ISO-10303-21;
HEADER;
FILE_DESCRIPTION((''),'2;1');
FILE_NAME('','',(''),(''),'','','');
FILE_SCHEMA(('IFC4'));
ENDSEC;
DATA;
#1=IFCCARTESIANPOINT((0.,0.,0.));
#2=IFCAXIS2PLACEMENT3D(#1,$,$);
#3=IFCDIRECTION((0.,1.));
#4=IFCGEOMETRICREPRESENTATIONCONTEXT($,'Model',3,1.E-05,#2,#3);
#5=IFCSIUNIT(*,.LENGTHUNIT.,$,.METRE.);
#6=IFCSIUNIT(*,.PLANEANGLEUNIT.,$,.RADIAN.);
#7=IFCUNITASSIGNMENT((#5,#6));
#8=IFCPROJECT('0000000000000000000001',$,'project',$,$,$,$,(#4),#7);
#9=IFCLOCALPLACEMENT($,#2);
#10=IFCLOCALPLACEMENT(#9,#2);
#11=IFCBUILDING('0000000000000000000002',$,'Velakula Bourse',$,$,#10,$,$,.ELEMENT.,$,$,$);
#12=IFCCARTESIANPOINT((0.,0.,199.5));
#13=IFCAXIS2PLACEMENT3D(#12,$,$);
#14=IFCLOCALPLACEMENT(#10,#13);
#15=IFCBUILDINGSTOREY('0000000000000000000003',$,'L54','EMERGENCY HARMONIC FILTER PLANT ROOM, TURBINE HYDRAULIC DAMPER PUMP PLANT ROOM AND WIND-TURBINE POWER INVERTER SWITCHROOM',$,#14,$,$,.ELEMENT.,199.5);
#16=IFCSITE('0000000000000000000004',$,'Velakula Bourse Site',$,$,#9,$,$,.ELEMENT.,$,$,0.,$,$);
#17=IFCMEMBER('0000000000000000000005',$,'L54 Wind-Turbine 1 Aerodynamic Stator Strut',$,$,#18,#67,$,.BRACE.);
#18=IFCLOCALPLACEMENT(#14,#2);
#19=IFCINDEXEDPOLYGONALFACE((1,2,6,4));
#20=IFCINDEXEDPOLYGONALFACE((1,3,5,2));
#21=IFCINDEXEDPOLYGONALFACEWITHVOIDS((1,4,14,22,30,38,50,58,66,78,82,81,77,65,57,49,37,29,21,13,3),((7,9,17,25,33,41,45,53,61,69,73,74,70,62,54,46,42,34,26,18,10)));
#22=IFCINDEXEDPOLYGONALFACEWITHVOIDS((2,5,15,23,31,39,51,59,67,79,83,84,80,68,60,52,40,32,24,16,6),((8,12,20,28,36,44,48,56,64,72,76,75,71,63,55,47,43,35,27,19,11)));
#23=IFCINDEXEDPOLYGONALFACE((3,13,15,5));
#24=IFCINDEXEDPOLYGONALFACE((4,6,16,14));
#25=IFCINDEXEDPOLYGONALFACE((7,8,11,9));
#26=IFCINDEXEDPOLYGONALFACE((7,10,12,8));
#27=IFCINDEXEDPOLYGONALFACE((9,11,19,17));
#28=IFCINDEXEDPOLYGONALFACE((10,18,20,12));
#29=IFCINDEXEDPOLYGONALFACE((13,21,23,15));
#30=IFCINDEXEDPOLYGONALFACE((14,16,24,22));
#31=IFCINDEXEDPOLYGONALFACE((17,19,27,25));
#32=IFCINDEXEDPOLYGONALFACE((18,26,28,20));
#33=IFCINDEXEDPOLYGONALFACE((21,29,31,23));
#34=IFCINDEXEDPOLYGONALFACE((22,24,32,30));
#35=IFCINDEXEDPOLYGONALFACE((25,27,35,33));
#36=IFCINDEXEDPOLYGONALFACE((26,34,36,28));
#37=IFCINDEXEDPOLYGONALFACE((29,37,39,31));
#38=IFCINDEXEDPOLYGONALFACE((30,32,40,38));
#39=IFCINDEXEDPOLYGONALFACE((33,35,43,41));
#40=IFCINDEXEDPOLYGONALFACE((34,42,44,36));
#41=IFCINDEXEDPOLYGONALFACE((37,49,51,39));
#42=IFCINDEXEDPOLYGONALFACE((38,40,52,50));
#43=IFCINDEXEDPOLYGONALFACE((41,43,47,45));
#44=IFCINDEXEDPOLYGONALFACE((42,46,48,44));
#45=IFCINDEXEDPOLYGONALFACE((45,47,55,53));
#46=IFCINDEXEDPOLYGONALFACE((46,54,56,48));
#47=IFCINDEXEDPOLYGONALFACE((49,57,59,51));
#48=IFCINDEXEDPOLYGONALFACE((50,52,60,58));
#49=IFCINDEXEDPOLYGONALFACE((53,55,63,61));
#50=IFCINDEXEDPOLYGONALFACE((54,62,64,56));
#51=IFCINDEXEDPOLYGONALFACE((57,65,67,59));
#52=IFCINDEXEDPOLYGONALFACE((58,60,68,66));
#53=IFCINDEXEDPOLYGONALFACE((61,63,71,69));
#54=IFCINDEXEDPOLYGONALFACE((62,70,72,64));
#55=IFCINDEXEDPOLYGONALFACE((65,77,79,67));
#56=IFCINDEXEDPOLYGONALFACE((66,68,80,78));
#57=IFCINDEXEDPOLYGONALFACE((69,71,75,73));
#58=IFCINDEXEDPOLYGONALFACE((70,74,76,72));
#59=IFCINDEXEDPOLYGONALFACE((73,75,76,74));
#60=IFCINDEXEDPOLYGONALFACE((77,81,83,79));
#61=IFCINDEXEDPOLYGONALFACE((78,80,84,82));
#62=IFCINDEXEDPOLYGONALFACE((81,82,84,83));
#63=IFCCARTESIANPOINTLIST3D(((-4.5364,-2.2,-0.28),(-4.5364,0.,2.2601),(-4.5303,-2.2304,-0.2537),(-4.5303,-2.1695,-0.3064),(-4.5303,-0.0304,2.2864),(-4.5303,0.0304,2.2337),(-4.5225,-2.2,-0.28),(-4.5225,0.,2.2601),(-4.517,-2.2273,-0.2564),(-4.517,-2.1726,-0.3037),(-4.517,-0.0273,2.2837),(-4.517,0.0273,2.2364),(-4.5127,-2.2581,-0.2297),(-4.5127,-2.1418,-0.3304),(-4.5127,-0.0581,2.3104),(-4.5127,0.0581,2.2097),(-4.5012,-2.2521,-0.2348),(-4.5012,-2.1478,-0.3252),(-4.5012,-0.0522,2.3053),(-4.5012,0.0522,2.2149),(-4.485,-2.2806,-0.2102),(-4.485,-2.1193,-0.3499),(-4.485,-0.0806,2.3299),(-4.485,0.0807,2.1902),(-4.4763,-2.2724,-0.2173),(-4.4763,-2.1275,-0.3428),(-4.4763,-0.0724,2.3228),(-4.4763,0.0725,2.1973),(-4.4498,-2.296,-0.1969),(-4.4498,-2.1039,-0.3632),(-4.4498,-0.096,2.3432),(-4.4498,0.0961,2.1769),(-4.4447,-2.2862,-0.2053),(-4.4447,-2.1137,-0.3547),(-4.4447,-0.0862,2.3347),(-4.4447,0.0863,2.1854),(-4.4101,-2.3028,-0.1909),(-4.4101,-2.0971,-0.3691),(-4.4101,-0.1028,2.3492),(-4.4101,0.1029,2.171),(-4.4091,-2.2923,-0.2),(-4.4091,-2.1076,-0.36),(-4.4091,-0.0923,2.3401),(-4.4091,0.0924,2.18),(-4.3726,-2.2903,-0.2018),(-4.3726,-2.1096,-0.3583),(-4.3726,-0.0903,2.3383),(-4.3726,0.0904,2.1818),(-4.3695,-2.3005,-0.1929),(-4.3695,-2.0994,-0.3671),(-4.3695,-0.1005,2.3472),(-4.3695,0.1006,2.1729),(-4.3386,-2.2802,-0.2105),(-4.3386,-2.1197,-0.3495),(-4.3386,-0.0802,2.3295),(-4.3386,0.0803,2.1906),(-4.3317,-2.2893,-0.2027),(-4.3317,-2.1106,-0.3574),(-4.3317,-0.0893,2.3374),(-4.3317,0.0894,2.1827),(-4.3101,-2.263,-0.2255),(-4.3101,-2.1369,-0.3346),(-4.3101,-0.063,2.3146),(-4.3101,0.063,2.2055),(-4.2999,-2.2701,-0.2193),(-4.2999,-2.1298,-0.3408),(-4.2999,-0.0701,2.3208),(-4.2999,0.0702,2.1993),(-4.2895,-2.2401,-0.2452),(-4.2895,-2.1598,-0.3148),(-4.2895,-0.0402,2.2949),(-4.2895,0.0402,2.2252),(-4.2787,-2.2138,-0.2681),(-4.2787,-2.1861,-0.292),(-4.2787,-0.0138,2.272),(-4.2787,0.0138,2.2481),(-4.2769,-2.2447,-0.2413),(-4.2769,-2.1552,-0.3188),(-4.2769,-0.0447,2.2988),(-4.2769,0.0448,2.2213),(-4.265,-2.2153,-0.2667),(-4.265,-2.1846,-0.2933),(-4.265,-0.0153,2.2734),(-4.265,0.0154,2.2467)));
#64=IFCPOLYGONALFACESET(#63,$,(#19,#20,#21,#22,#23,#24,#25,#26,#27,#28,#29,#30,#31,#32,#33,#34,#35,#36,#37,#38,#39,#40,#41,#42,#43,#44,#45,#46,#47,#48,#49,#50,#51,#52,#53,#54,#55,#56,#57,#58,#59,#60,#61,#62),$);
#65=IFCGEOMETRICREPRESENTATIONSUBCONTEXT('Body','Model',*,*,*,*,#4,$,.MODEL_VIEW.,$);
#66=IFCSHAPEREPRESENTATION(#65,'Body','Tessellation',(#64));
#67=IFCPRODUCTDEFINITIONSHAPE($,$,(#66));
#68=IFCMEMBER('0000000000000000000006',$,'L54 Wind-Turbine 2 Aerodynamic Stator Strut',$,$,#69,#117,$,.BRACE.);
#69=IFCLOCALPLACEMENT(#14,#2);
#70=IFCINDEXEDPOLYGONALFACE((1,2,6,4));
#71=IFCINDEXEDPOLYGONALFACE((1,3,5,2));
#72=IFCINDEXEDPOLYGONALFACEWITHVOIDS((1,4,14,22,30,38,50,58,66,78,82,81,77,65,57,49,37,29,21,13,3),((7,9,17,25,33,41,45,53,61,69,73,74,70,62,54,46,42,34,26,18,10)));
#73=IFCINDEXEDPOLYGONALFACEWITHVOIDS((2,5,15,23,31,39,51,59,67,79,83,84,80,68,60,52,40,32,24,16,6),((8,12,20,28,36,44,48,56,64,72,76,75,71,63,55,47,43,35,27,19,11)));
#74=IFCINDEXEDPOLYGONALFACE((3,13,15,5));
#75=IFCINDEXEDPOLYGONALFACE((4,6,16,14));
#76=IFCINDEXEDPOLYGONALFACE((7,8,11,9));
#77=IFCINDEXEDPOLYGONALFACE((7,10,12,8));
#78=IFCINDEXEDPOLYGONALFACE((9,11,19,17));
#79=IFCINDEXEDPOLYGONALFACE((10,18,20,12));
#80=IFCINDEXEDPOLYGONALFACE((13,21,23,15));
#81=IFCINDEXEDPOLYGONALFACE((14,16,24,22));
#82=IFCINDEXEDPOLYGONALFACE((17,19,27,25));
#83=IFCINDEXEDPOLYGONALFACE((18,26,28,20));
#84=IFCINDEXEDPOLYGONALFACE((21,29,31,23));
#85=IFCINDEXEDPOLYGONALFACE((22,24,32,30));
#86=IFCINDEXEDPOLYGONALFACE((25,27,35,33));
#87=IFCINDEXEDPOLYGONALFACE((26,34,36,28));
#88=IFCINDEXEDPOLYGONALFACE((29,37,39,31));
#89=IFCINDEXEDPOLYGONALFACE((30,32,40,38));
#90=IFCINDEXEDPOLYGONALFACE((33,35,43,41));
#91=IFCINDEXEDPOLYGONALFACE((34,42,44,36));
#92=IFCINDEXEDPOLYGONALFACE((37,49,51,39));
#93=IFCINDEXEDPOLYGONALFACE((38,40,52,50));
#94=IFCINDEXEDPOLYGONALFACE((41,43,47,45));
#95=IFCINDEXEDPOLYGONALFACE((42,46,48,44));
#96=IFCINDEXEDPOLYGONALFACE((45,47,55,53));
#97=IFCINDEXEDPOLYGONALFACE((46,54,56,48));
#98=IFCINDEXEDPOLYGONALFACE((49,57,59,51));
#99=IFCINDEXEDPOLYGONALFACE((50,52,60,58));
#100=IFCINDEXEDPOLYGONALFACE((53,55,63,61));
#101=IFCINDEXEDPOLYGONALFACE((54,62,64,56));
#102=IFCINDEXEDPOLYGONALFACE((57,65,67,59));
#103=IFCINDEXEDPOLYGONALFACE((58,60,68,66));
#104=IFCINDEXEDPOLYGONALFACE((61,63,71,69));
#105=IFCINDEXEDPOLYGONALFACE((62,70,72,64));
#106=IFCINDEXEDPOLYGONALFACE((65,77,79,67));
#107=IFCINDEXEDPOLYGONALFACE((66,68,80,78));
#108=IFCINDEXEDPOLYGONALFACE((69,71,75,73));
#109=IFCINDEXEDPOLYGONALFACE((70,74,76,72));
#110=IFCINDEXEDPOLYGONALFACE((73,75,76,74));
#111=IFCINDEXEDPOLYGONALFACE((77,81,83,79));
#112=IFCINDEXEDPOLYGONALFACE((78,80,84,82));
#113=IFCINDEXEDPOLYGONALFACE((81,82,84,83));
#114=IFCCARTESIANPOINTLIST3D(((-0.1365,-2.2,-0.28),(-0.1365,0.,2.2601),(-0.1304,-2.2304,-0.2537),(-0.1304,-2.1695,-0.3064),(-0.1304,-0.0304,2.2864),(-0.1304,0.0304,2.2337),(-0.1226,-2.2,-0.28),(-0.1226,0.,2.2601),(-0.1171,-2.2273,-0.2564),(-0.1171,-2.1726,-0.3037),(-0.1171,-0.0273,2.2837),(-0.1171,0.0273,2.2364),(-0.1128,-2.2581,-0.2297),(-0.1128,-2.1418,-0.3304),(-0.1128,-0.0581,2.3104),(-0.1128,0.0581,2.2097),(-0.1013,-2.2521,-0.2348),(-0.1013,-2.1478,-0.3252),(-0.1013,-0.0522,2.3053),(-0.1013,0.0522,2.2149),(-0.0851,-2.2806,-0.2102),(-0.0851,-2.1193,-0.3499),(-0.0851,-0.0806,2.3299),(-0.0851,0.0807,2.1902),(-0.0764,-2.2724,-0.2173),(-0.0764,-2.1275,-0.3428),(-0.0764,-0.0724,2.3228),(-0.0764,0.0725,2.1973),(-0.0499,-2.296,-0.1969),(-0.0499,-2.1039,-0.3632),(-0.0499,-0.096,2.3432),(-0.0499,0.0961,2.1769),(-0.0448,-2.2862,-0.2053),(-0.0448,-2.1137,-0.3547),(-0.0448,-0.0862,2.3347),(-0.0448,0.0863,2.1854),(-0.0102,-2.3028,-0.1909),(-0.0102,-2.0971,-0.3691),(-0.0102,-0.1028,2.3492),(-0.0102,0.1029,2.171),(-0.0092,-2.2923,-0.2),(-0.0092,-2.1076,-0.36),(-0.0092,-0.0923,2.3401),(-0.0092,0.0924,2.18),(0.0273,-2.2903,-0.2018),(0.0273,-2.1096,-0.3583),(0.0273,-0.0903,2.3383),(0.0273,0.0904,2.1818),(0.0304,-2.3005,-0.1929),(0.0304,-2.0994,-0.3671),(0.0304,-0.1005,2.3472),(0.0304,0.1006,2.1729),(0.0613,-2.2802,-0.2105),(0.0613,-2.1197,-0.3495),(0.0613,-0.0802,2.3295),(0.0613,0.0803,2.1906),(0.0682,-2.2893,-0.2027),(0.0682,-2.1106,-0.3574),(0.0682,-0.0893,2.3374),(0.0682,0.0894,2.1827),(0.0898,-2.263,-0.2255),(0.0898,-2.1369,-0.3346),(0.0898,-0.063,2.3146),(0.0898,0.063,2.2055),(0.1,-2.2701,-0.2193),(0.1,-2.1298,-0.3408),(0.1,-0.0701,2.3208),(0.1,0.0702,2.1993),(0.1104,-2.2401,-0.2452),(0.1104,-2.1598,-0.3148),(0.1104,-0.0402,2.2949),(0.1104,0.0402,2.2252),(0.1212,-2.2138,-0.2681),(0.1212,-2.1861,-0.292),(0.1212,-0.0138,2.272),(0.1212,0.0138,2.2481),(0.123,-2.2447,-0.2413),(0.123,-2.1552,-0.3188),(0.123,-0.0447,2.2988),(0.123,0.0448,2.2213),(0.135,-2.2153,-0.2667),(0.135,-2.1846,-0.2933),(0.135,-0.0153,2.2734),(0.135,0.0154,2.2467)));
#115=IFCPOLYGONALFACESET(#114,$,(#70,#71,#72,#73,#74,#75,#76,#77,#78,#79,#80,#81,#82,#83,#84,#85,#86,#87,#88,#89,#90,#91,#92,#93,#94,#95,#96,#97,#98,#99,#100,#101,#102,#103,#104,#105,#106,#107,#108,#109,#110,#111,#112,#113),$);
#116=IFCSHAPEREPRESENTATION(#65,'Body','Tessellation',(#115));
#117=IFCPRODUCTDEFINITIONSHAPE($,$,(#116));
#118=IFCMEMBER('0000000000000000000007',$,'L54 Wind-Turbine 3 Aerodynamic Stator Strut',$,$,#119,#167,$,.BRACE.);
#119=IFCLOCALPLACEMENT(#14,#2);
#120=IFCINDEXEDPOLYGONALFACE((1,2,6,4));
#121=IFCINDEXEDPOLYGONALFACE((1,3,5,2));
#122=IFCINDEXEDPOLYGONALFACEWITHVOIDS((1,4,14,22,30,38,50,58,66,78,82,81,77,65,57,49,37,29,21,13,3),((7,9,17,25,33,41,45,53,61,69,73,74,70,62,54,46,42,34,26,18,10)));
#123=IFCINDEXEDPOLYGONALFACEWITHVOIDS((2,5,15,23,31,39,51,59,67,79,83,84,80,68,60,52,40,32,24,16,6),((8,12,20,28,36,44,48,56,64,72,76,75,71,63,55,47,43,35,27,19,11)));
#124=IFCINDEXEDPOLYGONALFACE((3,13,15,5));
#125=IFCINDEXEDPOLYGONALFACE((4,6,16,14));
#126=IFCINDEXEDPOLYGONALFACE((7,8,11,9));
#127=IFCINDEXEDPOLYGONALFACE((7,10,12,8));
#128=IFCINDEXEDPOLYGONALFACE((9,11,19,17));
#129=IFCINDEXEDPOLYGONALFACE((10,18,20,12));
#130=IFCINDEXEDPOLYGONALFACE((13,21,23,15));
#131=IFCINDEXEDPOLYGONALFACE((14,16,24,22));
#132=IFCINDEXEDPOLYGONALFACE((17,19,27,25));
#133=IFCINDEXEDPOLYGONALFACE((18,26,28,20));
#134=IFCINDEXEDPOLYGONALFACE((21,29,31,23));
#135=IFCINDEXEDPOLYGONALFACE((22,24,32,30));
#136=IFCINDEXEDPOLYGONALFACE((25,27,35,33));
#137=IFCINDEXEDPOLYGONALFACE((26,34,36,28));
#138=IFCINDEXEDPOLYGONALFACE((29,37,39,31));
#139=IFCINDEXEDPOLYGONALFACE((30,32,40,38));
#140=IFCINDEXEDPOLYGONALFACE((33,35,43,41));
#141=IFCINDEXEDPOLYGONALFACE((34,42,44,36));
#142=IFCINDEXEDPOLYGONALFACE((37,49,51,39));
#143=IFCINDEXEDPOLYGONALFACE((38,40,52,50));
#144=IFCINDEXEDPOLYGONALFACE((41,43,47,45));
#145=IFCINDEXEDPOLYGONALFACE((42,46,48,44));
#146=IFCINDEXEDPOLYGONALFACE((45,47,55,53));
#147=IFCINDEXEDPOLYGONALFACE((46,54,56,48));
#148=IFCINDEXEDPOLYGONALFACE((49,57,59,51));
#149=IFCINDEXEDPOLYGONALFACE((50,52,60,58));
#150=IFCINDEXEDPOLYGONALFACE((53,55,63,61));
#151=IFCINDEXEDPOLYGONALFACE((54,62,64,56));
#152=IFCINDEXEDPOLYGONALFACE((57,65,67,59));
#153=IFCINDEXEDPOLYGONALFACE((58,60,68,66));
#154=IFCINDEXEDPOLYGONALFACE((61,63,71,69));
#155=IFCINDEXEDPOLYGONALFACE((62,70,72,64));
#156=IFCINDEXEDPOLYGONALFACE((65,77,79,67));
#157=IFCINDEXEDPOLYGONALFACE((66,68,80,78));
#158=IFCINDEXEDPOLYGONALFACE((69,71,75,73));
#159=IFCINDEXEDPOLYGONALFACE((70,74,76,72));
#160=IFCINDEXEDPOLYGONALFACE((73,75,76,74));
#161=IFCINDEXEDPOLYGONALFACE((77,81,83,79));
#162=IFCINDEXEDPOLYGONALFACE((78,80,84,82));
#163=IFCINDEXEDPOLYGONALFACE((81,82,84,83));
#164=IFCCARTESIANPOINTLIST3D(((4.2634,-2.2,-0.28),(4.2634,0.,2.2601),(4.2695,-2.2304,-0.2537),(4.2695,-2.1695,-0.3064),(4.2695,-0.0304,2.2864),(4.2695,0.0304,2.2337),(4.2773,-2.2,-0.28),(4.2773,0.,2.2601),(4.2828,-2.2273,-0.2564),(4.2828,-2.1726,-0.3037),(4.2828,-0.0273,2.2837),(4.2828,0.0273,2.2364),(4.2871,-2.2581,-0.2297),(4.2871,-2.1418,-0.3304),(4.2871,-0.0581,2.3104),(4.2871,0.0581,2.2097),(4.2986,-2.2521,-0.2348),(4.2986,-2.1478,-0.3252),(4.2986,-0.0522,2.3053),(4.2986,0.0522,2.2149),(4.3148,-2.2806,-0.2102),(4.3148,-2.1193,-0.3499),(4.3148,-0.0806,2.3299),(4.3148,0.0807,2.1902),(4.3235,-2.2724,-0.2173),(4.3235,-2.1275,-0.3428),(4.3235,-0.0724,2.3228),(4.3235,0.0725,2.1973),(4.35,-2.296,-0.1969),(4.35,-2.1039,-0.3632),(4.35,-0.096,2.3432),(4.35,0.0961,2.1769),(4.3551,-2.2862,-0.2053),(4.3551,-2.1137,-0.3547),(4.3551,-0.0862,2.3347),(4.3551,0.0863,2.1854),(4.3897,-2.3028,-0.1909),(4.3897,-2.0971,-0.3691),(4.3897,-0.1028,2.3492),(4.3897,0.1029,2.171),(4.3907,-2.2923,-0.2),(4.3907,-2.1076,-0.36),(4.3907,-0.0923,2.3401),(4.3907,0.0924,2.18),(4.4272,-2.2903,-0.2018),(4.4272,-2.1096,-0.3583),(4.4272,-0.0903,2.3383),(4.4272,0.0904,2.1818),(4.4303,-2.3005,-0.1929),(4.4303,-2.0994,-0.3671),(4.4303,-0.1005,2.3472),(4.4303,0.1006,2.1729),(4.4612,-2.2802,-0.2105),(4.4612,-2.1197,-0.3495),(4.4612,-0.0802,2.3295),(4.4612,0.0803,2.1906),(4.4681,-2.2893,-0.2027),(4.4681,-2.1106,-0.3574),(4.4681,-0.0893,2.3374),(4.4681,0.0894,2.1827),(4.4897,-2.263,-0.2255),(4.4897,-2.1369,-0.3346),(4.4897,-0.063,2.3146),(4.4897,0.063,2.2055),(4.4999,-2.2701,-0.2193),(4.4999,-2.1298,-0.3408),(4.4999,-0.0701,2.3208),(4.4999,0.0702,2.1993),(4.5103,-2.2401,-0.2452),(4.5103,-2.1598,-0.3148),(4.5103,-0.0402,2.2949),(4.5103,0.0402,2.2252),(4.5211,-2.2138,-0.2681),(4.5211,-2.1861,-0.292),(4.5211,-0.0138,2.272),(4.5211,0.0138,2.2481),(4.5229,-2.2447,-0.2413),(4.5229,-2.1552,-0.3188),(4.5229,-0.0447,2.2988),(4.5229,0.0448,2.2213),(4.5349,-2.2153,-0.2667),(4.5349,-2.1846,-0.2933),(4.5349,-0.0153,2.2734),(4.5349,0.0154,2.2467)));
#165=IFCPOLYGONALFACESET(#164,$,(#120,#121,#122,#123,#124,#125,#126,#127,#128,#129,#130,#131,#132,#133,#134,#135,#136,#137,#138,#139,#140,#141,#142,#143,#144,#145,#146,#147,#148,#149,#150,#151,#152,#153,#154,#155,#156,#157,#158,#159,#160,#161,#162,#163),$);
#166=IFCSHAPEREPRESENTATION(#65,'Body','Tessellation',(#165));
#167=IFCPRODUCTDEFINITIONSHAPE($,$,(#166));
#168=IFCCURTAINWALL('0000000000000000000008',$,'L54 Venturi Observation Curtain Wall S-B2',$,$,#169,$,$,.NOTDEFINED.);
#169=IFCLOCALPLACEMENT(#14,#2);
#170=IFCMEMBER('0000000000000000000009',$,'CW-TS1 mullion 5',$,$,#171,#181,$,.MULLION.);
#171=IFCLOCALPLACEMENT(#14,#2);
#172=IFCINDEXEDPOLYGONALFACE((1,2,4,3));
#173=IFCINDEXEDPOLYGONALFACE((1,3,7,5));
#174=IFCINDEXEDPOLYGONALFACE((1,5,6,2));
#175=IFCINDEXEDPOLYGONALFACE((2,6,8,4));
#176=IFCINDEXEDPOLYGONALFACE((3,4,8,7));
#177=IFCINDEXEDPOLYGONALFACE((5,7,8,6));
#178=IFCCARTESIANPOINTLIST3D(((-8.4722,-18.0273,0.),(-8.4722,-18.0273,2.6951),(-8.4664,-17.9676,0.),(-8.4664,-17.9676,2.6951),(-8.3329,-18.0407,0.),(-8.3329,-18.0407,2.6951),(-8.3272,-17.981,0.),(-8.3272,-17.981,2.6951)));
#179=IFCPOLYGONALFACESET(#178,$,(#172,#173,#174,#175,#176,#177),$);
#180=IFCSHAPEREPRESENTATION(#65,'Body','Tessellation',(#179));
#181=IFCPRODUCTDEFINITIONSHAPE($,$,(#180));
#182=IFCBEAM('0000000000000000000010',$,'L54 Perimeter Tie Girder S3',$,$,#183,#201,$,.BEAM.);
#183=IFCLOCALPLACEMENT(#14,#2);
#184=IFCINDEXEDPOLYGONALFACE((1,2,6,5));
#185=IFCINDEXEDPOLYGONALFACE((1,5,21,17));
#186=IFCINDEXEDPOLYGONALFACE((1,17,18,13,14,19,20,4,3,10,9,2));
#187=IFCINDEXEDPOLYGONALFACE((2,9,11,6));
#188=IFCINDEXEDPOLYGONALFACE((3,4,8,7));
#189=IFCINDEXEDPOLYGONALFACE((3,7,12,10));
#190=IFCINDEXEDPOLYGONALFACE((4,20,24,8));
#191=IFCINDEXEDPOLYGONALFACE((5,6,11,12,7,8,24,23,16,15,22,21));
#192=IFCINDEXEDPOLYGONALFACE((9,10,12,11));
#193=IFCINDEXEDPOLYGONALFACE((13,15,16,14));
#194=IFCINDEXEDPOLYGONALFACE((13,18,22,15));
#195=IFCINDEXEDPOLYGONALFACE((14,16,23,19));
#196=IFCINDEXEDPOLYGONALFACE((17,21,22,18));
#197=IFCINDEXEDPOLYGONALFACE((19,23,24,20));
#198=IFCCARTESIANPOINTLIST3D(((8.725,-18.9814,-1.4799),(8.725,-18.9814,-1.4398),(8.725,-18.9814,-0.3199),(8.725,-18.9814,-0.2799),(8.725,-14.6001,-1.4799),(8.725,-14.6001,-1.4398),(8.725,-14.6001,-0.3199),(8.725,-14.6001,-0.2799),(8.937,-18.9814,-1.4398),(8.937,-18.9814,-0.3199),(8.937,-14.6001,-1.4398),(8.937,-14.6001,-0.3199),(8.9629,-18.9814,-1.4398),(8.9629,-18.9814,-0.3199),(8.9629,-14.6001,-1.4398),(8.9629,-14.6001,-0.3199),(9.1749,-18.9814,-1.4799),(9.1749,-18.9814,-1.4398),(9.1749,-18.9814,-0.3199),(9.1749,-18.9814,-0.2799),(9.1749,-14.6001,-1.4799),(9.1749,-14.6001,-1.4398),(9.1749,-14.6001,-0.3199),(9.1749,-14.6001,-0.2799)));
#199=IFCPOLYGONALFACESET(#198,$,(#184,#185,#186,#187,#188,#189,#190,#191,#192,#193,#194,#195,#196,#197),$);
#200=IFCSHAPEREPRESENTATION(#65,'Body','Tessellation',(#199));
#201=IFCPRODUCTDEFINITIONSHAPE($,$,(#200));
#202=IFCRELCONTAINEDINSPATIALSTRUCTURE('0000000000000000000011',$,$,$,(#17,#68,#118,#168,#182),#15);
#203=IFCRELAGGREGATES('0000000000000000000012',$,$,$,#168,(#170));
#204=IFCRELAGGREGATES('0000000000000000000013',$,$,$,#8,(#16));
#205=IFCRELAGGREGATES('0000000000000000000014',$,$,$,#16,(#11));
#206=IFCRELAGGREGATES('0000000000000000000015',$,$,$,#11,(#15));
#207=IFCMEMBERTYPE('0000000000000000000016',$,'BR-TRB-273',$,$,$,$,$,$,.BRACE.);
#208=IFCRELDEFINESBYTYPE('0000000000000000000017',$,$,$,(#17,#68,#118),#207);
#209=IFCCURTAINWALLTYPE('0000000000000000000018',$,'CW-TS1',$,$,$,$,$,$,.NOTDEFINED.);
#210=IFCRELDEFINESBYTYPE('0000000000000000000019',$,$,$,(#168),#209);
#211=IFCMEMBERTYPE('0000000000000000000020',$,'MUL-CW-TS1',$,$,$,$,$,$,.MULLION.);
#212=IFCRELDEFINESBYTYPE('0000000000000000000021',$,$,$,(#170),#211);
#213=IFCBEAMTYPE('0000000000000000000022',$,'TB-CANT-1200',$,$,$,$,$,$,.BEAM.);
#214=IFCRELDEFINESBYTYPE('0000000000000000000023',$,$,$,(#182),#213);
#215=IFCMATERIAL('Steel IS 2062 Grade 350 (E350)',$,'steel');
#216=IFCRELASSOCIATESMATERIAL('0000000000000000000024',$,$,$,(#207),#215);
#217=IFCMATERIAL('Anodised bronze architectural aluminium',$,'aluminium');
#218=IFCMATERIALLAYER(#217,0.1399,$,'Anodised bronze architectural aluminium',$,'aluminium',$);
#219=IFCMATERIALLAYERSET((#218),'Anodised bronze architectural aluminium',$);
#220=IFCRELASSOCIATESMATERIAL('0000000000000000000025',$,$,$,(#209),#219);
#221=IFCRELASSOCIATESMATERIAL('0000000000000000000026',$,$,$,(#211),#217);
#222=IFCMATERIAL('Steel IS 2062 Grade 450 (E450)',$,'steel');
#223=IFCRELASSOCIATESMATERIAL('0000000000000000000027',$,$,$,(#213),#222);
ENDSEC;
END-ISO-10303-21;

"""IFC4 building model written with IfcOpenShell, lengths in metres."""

from ifc_helpers import new_model, si_unit, direction, frame, origin, origin_2d, place, context, subcontext, project, spatial, rectangle, hollow_circle, i_section, extrude, material, layer, layer_set, material_profile, profile_set, type_object, element, aggregate, save


model = new_model("IFC4")

# Units and contexts
model_context = context("Model", 3, precision=1e-05, world=origin(), true_north=direction((0.0, 1.0)))
body_context = subcontext(model_context, "Body", "Model", "MODEL_VIEW")
ifc_project = project(units=[si_unit("LENGTHUNIT", "METRE"), si_unit("PLANEANGLEUNIT", "RADIAN")], contexts=[model_context])

# Site, building, storey
site_placement = place(None, origin())
site = spatial("IfcSite", under=ifc_project, at=site_placement, Name="Velakula Bourse Site", CompositionType="ELEMENT", RefElevation=0.0)
building_placement = place(site_placement, origin())
building = spatial("IfcBuilding", under=site, at=building_placement, Name="Velakula Bourse", CompositionType="ELEMENT")
storey_placement = place(building_placement, frame((0.0, 0.0, 199.5)))
storey = spatial("IfcBuildingStorey", under=building, at=storey_placement, Name="L54", Description="EMERGENCY HARMONIC FILTER PLANT ROOM, TURBINE HYDRAULIC DAMPER PUMP PLANT ROOM AND WIND-TURBINE POWER INVERTER SWITCHROOM", CompositionType="ELEMENT", Elevation=199.5)

# Shared definitions
ifc_material_1 = material(Name="Steel IS 2062 Grade 350 (E350)", Category="steel")

# Members
ifc_material_profile_1 = material_profile(ifc_material_1, hollow_circle(Radius=0.1365, WallThickness=0.0139, at=origin_2d()), Name="Steel IS 2062 Grade 350 (E350)")
ifc_profile_set_1 = profile_set([ifc_material_profile_1], Name="Steel IS 2062 Grade 350 (E350)")
member_type_1 = type_object("IfcMemberType", Name="BR-TRB-273", PredefinedType="BRACE", material=ifc_profile_set_1)
for number, where, z_axis, x_axis, name in (
    (1, (-4.3999, -2.2, -0.28), (0.0, 0.65469, 0.755898), (-1.0, 0.0, 0.0), "L54 Wind-Turbine 1 Aerodynamic Stator Strut"),
    (2, (0.0, -2.2, -0.28), (0.0, 0.65469, 0.755898), (-1.0, 0.0, 0.0), "L54 Wind-Turbine 2 Aerodynamic Stator Strut"),
    (3, (4.3999, -2.2, -0.28), (0.0, 0.65469, 0.755898), (-1.0, 0.0, 0.0), "L54 Wind-Turbine 3 Aerodynamic Stator Strut"),
):
    element("IfcMember", number, at=place(storey_placement, frame(where, z_axis=z_axis, x_axis=x_axis)), inside=storey, type_object=member_type_1, Name=name, PredefinedType="BRACE", context=body_context, shape_type="SweptSolid", body=[
        extrude(hollow_circle(Radius=0.1365, WallThickness=0.0139, at=origin_2d()), origin(), (0.0, 0.0, 1.0), 3.3604),
    ])

# Curtain wall, member
ifc_material_2 = material(Name="Anodised bronze architectural aluminium", Category="aluminium")
ifc_layer_1 = layer(ifc_material_2, 0.1399, Name="Anodised bronze architectural aluminium", Category="aluminium")
ifc_layer_set_1 = layer_set([ifc_layer_1], Name="Anodised bronze architectural aluminium")
curtain_wall_type = type_object("IfcCurtainWallType", Name="CW-TS1", PredefinedType="NOTDEFINED", material=ifc_layer_set_1)
curtain_wall_placement = place(storey_placement, origin())
curtain_wall = element("IfcCurtainWall", 4, at=curtain_wall_placement, inside=storey, type_object=curtain_wall_type, Name="L54 Venturi Observation Curtain Wall S-B2", PredefinedType="NOTDEFINED")
ifc_material_profile_2 = material_profile(ifc_material_2, rectangle(XDim=0.0601, YDim=0.1399, at=origin_2d()), Name="Anodised bronze architectural aluminium")
ifc_profile_set_2 = profile_set([ifc_material_profile_2], Name="Anodised bronze architectural aluminium")
member_type_2 = type_object("IfcMemberType", Name="MUL-CW-TS1", PredefinedType="MULLION", material=ifc_profile_set_2)
member_1_placement = place(storey_placement, frame((-8.3997, -18.0042, 0.0), z_axis=(0.0, 0.0, 1.0), x_axis=(-0.095849, -0.995396, 0.0)))
member_1 = element("IfcMember", 5, at=member_1_placement, type_object=member_type_2, Name="CW-TS1 mullion 5", PredefinedType="MULLION", context=body_context, shape_type="SweptSolid", body=[
    extrude(rectangle(XDim=0.0601, YDim=0.1399, at=origin_2d()), origin(), (0.0, 0.0, 1.0), 2.6951),
])

# Beam
ifc_material_3 = material(Name="Steel IS 2062 Grade 450 (E450)", Category="steel")
ifc_material_profile_3 = material_profile(ifc_material_3, i_section(OverallWidth=0.45, OverallDepth=1.2, WebThickness=0.0259, FlangeThickness=0.04, at=origin_2d()), Name="Steel IS 2062 Grade 450 (E450)")
ifc_profile_set_3 = profile_set([ifc_material_profile_3], Name="Steel IS 2062 Grade 450 (E450)")
beam_type_1 = type_object("IfcBeamType", Name="TB-CANT-1200", PredefinedType="BEAM", material=ifc_profile_set_3)
beam_1_placement = place(storey_placement, frame((8.95, -14.6001, -0.8799), z_axis=(0.0, -1.0, 0.0), x_axis=(1.0, 0.0, 0.0)))
element("IfcBeam", 6, at=beam_1_placement, inside=storey, type_object=beam_type_1, Name="L54 Perimeter Tie Girder S3", PredefinedType="BEAM", context=body_context, shape_type="SweptSolid", body=[
    extrude(i_section(OverallWidth=0.45, OverallDepth=1.2, WebThickness=0.0259, FlangeThickness=0.04, at=origin_2d()), origin(), (0.0, 0.0, 1.0), 4.3813),
])

aggregate(curtain_wall, [member_1])

save(model, "model.ifc")
